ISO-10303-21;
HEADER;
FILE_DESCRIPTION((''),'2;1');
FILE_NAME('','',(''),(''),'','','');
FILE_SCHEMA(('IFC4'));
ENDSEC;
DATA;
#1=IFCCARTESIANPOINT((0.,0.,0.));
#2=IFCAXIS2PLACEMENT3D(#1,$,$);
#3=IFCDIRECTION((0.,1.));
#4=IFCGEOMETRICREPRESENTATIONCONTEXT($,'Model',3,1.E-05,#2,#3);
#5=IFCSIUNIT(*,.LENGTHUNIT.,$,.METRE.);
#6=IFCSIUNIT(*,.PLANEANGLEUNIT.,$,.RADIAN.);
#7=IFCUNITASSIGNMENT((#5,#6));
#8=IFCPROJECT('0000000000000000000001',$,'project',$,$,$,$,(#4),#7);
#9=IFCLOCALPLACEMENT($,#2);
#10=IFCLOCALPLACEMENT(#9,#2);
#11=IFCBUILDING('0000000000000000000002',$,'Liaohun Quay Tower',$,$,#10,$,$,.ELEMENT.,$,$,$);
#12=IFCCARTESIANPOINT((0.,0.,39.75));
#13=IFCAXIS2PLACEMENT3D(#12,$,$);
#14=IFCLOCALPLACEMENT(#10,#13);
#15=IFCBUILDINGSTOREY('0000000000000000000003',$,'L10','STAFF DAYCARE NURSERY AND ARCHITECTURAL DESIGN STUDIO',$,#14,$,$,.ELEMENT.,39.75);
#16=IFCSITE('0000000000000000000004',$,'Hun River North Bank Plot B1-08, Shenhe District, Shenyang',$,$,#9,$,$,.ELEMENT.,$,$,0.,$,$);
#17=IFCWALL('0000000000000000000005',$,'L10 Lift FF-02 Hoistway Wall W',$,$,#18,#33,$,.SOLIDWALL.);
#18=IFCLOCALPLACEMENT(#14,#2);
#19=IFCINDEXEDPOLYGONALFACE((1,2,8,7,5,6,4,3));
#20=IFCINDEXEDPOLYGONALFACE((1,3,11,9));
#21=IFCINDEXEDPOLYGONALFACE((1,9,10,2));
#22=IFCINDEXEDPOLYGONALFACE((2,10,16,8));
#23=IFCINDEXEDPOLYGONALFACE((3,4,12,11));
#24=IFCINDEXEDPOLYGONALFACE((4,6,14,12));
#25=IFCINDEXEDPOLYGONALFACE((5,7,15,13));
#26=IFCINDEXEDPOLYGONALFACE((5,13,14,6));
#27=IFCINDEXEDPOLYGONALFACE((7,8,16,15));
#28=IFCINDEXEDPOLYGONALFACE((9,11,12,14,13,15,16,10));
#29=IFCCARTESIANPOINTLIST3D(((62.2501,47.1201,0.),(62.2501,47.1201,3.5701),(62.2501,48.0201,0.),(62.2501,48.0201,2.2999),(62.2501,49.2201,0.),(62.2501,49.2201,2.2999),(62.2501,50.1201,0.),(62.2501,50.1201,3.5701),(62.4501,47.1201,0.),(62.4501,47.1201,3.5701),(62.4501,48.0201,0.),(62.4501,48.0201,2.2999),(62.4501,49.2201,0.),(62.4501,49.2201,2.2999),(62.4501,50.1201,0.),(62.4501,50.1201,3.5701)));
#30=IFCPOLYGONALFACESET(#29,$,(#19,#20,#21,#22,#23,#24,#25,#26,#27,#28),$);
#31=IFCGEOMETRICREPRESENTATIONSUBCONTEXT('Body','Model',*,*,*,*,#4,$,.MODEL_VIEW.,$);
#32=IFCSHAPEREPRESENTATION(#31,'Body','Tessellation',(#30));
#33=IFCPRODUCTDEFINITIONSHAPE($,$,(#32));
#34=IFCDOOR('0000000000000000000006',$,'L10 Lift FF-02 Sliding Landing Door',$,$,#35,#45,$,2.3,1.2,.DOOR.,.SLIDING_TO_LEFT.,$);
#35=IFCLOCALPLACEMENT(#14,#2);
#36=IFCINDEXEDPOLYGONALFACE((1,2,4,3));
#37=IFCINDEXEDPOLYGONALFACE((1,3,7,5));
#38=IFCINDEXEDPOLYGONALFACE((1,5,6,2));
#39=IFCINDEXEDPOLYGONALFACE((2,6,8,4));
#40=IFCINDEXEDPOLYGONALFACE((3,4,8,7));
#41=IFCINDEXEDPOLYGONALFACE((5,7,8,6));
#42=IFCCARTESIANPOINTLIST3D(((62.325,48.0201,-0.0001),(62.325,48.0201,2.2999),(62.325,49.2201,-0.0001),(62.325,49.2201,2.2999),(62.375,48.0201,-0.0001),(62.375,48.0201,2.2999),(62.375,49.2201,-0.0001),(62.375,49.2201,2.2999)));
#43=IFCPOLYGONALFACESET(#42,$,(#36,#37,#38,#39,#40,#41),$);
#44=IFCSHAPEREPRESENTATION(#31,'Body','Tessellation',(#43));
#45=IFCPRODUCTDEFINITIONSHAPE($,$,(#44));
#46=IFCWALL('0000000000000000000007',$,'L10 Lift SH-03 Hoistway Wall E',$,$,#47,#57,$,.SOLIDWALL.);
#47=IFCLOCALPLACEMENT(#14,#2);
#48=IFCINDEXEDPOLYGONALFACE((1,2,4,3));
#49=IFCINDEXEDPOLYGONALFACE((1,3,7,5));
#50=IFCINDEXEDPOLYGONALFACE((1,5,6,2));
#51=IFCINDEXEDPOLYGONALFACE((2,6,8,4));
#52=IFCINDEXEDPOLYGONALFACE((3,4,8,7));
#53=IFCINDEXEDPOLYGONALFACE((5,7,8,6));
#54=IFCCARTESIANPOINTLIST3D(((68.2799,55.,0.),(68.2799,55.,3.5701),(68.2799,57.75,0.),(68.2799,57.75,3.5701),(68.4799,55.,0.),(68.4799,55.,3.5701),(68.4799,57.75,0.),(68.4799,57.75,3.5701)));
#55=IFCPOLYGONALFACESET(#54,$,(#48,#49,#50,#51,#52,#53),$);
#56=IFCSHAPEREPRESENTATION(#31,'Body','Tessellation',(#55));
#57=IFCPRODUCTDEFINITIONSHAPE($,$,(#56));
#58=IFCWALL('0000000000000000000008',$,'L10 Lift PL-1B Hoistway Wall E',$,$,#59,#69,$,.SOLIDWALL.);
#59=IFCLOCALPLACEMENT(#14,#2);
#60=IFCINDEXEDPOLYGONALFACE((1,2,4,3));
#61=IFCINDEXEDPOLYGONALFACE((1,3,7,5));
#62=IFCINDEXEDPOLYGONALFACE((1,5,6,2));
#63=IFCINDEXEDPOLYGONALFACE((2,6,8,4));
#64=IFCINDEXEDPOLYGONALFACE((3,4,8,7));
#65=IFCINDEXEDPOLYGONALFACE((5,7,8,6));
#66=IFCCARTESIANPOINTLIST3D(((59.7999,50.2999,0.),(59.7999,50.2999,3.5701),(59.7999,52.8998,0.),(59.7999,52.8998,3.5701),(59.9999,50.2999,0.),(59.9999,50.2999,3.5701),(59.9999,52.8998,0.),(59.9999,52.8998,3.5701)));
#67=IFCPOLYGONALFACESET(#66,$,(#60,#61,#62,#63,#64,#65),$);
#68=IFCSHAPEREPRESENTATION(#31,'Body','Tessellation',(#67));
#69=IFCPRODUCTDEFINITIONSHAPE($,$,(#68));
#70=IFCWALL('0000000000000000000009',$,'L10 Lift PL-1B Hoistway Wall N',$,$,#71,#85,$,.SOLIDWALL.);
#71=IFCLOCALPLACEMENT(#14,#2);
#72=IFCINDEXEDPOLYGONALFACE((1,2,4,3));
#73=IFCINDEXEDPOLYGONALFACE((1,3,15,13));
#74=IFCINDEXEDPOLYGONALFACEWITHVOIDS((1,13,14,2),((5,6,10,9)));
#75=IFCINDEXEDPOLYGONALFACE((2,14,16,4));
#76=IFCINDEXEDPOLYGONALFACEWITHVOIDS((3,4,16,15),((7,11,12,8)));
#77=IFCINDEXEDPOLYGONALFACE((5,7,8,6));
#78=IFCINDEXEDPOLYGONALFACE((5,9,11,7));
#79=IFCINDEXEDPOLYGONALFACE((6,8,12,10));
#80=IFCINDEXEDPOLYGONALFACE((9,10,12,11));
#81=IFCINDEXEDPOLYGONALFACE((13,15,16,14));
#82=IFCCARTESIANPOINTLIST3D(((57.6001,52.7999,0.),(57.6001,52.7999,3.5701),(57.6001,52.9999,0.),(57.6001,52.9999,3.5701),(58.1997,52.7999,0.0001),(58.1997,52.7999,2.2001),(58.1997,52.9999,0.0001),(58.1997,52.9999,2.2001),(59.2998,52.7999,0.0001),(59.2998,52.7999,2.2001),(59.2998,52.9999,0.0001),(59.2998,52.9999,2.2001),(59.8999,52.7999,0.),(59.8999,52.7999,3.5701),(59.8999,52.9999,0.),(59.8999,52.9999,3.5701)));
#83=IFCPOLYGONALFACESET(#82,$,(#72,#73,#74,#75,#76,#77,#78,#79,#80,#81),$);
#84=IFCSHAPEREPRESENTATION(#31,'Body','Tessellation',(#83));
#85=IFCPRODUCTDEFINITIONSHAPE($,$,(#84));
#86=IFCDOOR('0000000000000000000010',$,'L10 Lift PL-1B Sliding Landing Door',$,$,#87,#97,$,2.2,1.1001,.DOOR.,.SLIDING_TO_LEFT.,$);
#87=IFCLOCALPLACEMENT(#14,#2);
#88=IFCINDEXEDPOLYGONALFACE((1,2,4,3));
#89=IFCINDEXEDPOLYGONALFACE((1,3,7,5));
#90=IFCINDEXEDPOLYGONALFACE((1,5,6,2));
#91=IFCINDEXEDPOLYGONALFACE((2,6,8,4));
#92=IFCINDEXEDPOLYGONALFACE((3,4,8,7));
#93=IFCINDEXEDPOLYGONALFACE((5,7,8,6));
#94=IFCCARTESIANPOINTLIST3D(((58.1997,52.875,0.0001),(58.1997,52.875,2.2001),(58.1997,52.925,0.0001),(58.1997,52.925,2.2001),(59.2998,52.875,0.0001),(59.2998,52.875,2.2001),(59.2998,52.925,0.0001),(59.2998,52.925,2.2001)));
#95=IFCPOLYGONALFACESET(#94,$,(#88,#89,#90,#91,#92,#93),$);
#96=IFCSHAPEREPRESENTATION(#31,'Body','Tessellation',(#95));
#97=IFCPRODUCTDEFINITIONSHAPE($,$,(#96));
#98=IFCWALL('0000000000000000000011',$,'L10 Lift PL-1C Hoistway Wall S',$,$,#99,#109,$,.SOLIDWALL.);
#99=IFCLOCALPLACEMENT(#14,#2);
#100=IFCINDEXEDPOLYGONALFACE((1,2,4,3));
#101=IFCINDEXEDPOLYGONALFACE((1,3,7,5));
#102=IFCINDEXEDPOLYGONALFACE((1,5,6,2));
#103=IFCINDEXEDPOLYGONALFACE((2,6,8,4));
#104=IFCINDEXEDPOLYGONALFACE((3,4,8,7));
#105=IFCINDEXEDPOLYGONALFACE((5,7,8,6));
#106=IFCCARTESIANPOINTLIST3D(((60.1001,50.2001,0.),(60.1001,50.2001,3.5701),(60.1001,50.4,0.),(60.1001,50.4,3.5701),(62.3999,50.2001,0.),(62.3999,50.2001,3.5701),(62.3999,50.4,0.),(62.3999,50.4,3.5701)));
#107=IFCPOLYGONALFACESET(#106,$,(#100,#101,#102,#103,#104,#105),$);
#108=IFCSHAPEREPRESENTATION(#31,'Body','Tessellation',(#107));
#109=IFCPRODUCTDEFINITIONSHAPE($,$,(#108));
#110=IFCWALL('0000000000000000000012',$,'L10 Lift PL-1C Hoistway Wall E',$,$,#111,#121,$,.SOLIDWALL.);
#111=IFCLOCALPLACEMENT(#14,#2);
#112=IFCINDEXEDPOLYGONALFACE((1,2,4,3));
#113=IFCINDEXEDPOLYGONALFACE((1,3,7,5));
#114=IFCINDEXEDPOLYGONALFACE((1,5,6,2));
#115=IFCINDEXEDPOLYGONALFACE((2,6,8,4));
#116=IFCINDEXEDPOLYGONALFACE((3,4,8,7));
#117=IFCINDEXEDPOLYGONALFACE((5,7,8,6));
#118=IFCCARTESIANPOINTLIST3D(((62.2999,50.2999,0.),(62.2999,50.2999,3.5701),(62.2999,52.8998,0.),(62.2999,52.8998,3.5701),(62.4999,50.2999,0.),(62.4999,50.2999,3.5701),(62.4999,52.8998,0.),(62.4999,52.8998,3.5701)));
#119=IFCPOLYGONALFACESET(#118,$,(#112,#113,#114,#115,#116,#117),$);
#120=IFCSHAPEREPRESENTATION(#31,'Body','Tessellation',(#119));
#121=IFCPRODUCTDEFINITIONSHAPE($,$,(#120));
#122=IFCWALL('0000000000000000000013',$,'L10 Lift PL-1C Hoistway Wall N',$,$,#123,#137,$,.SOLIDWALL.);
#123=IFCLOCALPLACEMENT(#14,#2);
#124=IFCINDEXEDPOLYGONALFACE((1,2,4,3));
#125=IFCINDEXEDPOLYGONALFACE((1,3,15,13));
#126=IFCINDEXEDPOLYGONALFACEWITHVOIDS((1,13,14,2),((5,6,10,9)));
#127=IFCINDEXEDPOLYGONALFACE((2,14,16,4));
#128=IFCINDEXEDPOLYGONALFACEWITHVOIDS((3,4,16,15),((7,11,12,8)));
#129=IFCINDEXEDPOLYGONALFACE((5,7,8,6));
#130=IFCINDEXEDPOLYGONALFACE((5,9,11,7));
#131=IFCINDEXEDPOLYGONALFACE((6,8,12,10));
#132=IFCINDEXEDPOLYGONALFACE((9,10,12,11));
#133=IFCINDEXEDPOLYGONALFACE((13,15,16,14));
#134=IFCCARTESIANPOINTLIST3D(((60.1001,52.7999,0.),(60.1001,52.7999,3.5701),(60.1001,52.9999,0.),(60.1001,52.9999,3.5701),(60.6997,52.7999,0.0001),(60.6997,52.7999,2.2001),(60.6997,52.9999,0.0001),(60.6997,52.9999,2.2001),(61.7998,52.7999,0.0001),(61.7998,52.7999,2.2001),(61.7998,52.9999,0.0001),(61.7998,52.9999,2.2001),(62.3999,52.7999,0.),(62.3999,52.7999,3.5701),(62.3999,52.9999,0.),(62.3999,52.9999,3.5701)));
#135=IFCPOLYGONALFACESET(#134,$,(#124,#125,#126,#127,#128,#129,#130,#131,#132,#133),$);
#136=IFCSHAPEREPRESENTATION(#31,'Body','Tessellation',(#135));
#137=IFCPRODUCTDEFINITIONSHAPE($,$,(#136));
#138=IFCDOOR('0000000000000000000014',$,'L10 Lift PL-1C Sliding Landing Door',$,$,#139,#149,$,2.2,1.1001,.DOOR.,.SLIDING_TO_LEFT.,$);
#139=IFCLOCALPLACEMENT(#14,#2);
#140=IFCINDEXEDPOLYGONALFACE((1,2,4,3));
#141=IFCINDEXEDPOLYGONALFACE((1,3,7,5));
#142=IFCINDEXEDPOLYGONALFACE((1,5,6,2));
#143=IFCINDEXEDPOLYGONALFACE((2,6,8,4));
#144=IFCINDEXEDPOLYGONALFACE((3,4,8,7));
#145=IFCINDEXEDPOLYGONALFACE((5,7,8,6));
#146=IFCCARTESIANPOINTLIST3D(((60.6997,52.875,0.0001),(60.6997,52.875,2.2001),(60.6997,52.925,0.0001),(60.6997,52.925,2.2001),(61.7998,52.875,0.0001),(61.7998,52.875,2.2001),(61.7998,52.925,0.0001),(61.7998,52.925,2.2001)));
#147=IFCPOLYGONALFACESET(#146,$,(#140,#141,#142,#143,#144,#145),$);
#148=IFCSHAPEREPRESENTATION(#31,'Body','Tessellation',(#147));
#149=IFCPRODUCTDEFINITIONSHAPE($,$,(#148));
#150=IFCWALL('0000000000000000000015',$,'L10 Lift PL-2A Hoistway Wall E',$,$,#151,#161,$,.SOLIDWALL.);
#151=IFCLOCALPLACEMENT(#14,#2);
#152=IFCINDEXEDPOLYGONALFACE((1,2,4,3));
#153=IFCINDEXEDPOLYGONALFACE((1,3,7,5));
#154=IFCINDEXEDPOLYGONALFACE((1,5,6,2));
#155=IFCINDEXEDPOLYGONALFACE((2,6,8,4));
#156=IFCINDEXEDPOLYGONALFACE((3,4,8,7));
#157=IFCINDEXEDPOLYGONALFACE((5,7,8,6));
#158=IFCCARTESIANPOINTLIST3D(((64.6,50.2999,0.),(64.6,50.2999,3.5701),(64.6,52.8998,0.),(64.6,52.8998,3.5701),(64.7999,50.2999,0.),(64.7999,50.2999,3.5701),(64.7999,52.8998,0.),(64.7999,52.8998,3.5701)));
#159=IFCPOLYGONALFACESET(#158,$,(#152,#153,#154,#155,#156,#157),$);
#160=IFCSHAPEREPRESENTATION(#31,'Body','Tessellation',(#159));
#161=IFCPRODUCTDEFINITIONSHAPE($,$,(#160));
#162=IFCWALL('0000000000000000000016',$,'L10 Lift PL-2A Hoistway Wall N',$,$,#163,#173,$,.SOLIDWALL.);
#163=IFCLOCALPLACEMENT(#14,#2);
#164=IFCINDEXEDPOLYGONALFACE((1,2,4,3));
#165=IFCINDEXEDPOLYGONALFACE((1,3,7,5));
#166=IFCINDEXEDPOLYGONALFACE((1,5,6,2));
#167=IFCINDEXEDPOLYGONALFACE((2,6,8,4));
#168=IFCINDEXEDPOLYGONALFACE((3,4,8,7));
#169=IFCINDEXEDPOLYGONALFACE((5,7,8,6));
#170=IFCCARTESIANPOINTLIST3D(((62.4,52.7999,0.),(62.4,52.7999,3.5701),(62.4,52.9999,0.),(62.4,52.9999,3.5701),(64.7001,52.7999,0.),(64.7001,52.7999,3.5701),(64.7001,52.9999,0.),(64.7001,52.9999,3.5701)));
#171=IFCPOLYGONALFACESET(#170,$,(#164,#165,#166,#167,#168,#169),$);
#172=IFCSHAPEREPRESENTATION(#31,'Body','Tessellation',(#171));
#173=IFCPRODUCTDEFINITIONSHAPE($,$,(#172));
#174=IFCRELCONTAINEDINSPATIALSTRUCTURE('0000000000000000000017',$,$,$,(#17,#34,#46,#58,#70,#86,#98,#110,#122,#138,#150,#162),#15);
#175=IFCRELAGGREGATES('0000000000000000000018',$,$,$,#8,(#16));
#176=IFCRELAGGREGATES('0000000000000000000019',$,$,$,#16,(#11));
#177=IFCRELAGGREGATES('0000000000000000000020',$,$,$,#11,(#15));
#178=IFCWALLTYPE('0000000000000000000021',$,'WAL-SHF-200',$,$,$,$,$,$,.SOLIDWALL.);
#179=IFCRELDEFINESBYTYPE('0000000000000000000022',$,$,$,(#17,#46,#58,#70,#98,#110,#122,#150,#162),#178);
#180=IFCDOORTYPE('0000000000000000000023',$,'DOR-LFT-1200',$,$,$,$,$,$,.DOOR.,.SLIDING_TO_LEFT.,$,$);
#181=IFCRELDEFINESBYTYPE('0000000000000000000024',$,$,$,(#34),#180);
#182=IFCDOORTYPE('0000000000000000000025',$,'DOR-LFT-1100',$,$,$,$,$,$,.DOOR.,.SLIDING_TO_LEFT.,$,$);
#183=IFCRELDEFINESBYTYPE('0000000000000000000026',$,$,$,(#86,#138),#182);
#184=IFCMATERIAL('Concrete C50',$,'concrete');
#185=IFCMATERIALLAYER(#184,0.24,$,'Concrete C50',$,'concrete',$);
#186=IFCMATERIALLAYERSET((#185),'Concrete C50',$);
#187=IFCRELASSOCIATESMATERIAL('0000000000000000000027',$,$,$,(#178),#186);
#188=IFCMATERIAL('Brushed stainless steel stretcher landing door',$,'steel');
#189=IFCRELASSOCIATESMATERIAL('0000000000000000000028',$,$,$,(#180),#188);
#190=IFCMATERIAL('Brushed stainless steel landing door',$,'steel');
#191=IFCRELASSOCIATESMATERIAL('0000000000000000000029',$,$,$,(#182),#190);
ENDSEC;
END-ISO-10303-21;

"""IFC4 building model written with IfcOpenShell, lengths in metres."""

from ifc_helpers import new_model, si_unit, direction, frame, frame_2d, origin, place, context, subcontext, project, spatial, rectangle, extrude, source, transform, mapped, material, layer, layer_set, type_object, element, fill, save


model = new_model("IFC4")

# Units and contexts
model_context = context("Model", 3, precision=1e-05, world=origin(), true_north=direction((0.0, 1.0)))
body_context = subcontext(model_context, "Body", "Model", "MODEL_VIEW")
ifc_project = project(units=[si_unit("LENGTHUNIT", "METRE"), si_unit("PLANEANGLEUNIT", "RADIAN")], contexts=[model_context])

# Site, building, storey
site_placement = place(None, origin())
site = spatial("IfcSite", under=ifc_project, at=site_placement, Name="Hun River North Bank Plot B1-08, Shenhe District, Shenyang", CompositionType="ELEMENT", RefElevation=0.0)
building_placement = place(site_placement, origin())
building = spatial("IfcBuilding", under=site, at=building_placement, Name="Liaohun Quay Tower", CompositionType="ELEMENT")
storey_placement = place(building_placement, frame((0.0, 0.0, 39.75)))
storey = spatial("IfcBuildingStorey", under=building, at=storey_placement, Name="L10", Description="STAFF DAYCARE NURSERY AND ARCHITECTURAL DESIGN STUDIO", CompositionType="ELEMENT", Elevation=39.75)

# Shared definitions
ifc_material_1 = material(Name="Concrete C50", Category="concrete")
ifc_layer_1 = layer(ifc_material_1, 0.24, Name="Concrete C50", Category="concrete")
ifc_layer_set_1 = layer_set([ifc_layer_1], Name="Concrete C50")
wall_type_1 = type_object("IfcWallType", Name="WAL-SHF-200", PredefinedType="SOLIDWALL", material=ifc_layer_set_1)

# Wall, opening, door
wall_1_placement = place(storey_placement, frame((62.3501, 50.1201, 0.0), z_axis=(0.0, 0.0, 1.0), x_axis=(0.0, -1.0, 0.0)))
wall_1 = element("IfcWall", 1, at=wall_1_placement, inside=storey, type_object=wall_type_1, Name="L10 Lift FF-02 Hoistway Wall W", PredefinedType="SOLIDWALL", context=body_context, shape_type="SweptSolid", body=[
    extrude(rectangle(XDim=3.0, YDim=0.2, at=frame_2d((1.5, 0.0))), origin(), (0.0, 0.0, 1.0), 3.5701),
])
shared_shape_1 = source(origin(), body_context, "Body", "SweptSolid", [
    extrude(rectangle(XDim=1.2, YDim=2.3, at=frame_2d((0.6001, 1.1499))), frame((0.0, 0.1099, 0.0), z_axis=(0.0, -1.0, 0.0), x_axis=(1.0, 0.0, 0.0)), (0.0, 0.0, 1.0), 0.22),
])
opening_1_placement = place(wall_1_placement, frame((0.8999, 0.0, 0.0)))
opening_1 = element("IfcOpeningElement", 2, at=opening_1_placement, cuts=wall_1, PredefinedType="OPENING", context=body_context, shape_type="MappedRepresentation", body=[
    mapped(shared_shape_1, transform((0.0, 0.0, 0.0), x_axis=(1.0, 0.0, 0.0), y_axis=(0.0, 1.0, 0.0), z_axis=(0.0, 0.0, 1.0), scale=1.0)),
])
ifc_material_2 = material(Name="Brushed stainless steel stretcher landing door", Category="steel")
door_type_1 = type_object("IfcDoorType", Name="DOR-LFT-1200", OperationType="SLIDING_TO_LEFT", PredefinedType="DOOR", material=ifc_material_2)
shared_shape_2 = source(origin(), body_context, "Body", "SweptSolid", [
    extrude(rectangle(XDim=1.2, YDim=2.3, at=frame_2d((0.6001, 1.1499))), frame((0.0, 0.0249, 0.0), z_axis=(0.0, -1.0, 0.0), x_axis=(1.0, 0.0, 0.0)), (0.0, 0.0, 1.0), 0.05),
])
door_1_placement = place(opening_1_placement, origin())
door_1 = element("IfcDoor", 3, at=door_1_placement, inside=storey, type_object=door_type_1, Name="L10 Lift FF-02 Sliding Landing Door", OperationType="SLIDING_TO_LEFT", OverallHeight=2.3, OverallWidth=1.2, PredefinedType="DOOR", context=body_context, shape_type="MappedRepresentation", body=[
    mapped(shared_shape_2, transform((0.0, 0.0, 0.0), x_axis=(1.0, 0.0, 0.0), y_axis=(0.0, 1.0, 0.0), z_axis=(0.0, 0.0, 1.0), scale=1.0)),
])
fill(opening_1, door_1)

# Walls
wall_2_placement = place(storey_placement, frame((68.3799, 55.0, 0.0), z_axis=(0.0, 0.0, 1.0), x_axis=(0.0, 1.0, 0.0)))
element("IfcWall", 4, at=wall_2_placement, inside=storey, type_object=wall_type_1, Name="L10 Lift SH-03 Hoistway Wall E", PredefinedType="SOLIDWALL", context=body_context, shape_type="SweptSolid", body=[
    extrude(rectangle(XDim=2.75, YDim=0.2, at=frame_2d((1.375, 0.0))), origin(), (0.0, 0.0, 1.0), 3.5701),
])
wall_3_placement = place(storey_placement, frame((59.8999, 50.3, 0.0), z_axis=(0.0, 0.0, 1.0), x_axis=(0.0, 1.0, 0.0)))
element("IfcWall", 5, at=wall_3_placement, inside=storey, type_object=wall_type_1, Name="L10 Lift PL-1B Hoistway Wall E", PredefinedType="SOLIDWALL", context=body_context, shape_type="SweptSolid", body=[
    extrude(rectangle(XDim=2.5999, YDim=0.2, at=frame_2d((1.2998, 0.0))), origin(), (0.0, 0.0, 1.0), 3.5701),
])

# Wall, opening, door
wall_4_placement = place(storey_placement, frame((59.8999, 52.8999, 0.0), z_axis=(0.0, 0.0, 1.0), x_axis=(-1.0, 0.0, 0.0)))
wall_4 = element("IfcWall", 6, at=wall_4_placement, inside=storey, type_object=wall_type_1, Name="L10 Lift PL-1B Hoistway Wall N", PredefinedType="SOLIDWALL", context=body_context, shape_type="SweptSolid", body=[
    extrude(rectangle(XDim=2.2998, YDim=0.2, at=frame_2d((1.1499, 0.0))), origin(), (0.0, 0.0, 1.0), 3.5701),
])
shared_shape_3 = source(origin(), body_context, "Body", "SweptSolid", [
    extrude(rectangle(XDim=1.1001, YDim=2.2, at=frame_2d((0.55, 1.1001))), frame((0.0, 0.1099, 0.0), z_axis=(0.0, -1.0, 0.0), x_axis=(1.0, 0.0, 0.0)), (0.0, 0.0, 1.0), 0.22),
])
opening_2_placement = place(wall_4_placement, frame((0.6001, 0.0, 0.0)))
opening_2 = element("IfcOpeningElement", 7, at=opening_2_placement, cuts=wall_4, PredefinedType="OPENING", context=body_context, shape_type="MappedRepresentation", body=[
    mapped(shared_shape_3, transform((0.0, 0.0, 0.0), x_axis=(1.0, 0.0, 0.0), y_axis=(0.0, 1.0, 0.0), z_axis=(0.0, 0.0, 1.0), scale=1.0)),
])
ifc_material_3 = material(Name="Brushed stainless steel landing door", Category="steel")
door_type_2 = type_object("IfcDoorType", Name="DOR-LFT-1100", OperationType="SLIDING_TO_LEFT", PredefinedType="DOOR", material=ifc_material_3)
shared_shape_4 = source(origin(), body_context, "Body", "SweptSolid", [
    extrude(rectangle(XDim=1.1001, YDim=2.2, at=frame_2d((0.55, 1.1001))), frame((0.0, 0.0249, 0.0), z_axis=(0.0, -1.0, 0.0), x_axis=(1.0, 0.0, 0.0)), (0.0, 0.0, 1.0), 0.05),
])
door_2_placement = place(opening_2_placement, origin())
door_2 = element("IfcDoor", 8, at=door_2_placement, inside=storey, type_object=door_type_2, Name="L10 Lift PL-1B Sliding Landing Door", OperationType="SLIDING_TO_LEFT", OverallHeight=2.2, OverallWidth=1.1001, PredefinedType="DOOR", context=body_context, shape_type="MappedRepresentation", body=[
    mapped(shared_shape_4, transform((0.0, 0.0, 0.0), x_axis=(1.0, 0.0, 0.0), y_axis=(0.0, 1.0, 0.0), z_axis=(0.0, 0.0, 1.0), scale=1.0)),
])
fill(opening_2, door_2)

# Walls
wall_5_placement = place(storey_placement, frame((60.1001, 50.3, 0.0), z_axis=(0.0, 0.0, 1.0), x_axis=(1.0, 0.0, 0.0)))
element("IfcWall", 9, at=wall_5_placement, inside=storey, type_object=wall_type_1, Name="L10 Lift PL-1C Hoistway Wall S", PredefinedType="SOLIDWALL", context=body_context, shape_type="SweptSolid", body=[
    extrude(rectangle(XDim=2.2998, YDim=0.2, at=frame_2d((1.1499, 0.0))), origin(), (0.0, 0.0, 1.0), 3.5701),
])
wall_6_placement = place(storey_placement, frame((62.3999, 50.3, 0.0), z_axis=(0.0, 0.0, 1.0), x_axis=(0.0, 1.0, 0.0)))
element("IfcWall", 10, at=wall_6_placement, inside=storey, type_object=wall_type_1, Name="L10 Lift PL-1C Hoistway Wall E", PredefinedType="SOLIDWALL", context=body_context, shape_type="SweptSolid", body=[
    extrude(rectangle(XDim=2.5999, YDim=0.2, at=frame_2d((1.2998, 0.0))), origin(), (0.0, 0.0, 1.0), 3.5701),
])

# Wall, opening, door
wall_7_placement = place(storey_placement, frame((62.3999, 52.8999, 0.0), z_axis=(0.0, 0.0, 1.0), x_axis=(-1.0, 0.0, 0.0)))
wall_7 = element("IfcWall", 11, at=wall_7_placement, inside=storey, type_object=wall_type_1, Name="L10 Lift PL-1C Hoistway Wall N", PredefinedType="SOLIDWALL", context=body_context, shape_type="SweptSolid", body=[
    extrude(rectangle(XDim=2.2998, YDim=0.2, at=frame_2d((1.1499, 0.0))), origin(), (0.0, 0.0, 1.0), 3.5701),
])
opening_3_placement = place(wall_7_placement, frame((0.6001, 0.0, 0.0)))
opening_3 = element("IfcOpeningElement", 12, at=opening_3_placement, cuts=wall_7, PredefinedType="OPENING", context=body_context, shape_type="MappedRepresentation", body=[
    mapped(shared_shape_3, transform((0.0, 0.0, 0.0), x_axis=(1.0, 0.0, 0.0), y_axis=(0.0, 1.0, 0.0), z_axis=(0.0, 0.0, 1.0), scale=1.0)),
])
door_3_placement = place(opening_3_placement, origin())
door_3 = element("IfcDoor", 13, at=door_3_placement, inside=storey, type_object=door_type_2, Name="L10 Lift PL-1C Sliding Landing Door", OperationType="SLIDING_TO_LEFT", OverallHeight=2.2, OverallWidth=1.1001, PredefinedType="DOOR", context=body_context, shape_type="MappedRepresentation", body=[
    mapped(shared_shape_4, transform((0.0, 0.0, 0.0), x_axis=(1.0, 0.0, 0.0), y_axis=(0.0, 1.0, 0.0), z_axis=(0.0, 0.0, 1.0), scale=1.0)),
])
fill(opening_3, door_3)

# Walls
wall_8_placement = place(storey_placement, frame((64.7, 50.3, 0.0), z_axis=(0.0, 0.0, 1.0), x_axis=(0.0, 1.0, 0.0)))
element("IfcWall", 14, at=wall_8_placement, inside=storey, type_object=wall_type_1, Name="L10 Lift PL-2A Hoistway Wall E", PredefinedType="SOLIDWALL", context=body_context, shape_type="SweptSolid", body=[
    extrude(rectangle(XDim=2.5999, YDim=0.2, at=frame_2d((1.2998, 0.0))), origin(), (0.0, 0.0, 1.0), 3.5701),
])
wall_9_placement = place(storey_placement, frame((64.7, 52.8999, 0.0), z_axis=(0.0, 0.0, 1.0), x_axis=(-1.0, 0.0, 0.0)))
element("IfcWall", 15, at=wall_9_placement, inside=storey, type_object=wall_type_1, Name="L10 Lift PL-2A Hoistway Wall N", PredefinedType="SOLIDWALL", context=body_context, shape_type="SweptSolid", body=[
    extrude(rectangle(XDim=2.3, YDim=0.2, at=frame_2d((1.1499, 0.0))), origin(), (0.0, 0.0, 1.0), 3.5701),
])

save(model, "model.ifc")
